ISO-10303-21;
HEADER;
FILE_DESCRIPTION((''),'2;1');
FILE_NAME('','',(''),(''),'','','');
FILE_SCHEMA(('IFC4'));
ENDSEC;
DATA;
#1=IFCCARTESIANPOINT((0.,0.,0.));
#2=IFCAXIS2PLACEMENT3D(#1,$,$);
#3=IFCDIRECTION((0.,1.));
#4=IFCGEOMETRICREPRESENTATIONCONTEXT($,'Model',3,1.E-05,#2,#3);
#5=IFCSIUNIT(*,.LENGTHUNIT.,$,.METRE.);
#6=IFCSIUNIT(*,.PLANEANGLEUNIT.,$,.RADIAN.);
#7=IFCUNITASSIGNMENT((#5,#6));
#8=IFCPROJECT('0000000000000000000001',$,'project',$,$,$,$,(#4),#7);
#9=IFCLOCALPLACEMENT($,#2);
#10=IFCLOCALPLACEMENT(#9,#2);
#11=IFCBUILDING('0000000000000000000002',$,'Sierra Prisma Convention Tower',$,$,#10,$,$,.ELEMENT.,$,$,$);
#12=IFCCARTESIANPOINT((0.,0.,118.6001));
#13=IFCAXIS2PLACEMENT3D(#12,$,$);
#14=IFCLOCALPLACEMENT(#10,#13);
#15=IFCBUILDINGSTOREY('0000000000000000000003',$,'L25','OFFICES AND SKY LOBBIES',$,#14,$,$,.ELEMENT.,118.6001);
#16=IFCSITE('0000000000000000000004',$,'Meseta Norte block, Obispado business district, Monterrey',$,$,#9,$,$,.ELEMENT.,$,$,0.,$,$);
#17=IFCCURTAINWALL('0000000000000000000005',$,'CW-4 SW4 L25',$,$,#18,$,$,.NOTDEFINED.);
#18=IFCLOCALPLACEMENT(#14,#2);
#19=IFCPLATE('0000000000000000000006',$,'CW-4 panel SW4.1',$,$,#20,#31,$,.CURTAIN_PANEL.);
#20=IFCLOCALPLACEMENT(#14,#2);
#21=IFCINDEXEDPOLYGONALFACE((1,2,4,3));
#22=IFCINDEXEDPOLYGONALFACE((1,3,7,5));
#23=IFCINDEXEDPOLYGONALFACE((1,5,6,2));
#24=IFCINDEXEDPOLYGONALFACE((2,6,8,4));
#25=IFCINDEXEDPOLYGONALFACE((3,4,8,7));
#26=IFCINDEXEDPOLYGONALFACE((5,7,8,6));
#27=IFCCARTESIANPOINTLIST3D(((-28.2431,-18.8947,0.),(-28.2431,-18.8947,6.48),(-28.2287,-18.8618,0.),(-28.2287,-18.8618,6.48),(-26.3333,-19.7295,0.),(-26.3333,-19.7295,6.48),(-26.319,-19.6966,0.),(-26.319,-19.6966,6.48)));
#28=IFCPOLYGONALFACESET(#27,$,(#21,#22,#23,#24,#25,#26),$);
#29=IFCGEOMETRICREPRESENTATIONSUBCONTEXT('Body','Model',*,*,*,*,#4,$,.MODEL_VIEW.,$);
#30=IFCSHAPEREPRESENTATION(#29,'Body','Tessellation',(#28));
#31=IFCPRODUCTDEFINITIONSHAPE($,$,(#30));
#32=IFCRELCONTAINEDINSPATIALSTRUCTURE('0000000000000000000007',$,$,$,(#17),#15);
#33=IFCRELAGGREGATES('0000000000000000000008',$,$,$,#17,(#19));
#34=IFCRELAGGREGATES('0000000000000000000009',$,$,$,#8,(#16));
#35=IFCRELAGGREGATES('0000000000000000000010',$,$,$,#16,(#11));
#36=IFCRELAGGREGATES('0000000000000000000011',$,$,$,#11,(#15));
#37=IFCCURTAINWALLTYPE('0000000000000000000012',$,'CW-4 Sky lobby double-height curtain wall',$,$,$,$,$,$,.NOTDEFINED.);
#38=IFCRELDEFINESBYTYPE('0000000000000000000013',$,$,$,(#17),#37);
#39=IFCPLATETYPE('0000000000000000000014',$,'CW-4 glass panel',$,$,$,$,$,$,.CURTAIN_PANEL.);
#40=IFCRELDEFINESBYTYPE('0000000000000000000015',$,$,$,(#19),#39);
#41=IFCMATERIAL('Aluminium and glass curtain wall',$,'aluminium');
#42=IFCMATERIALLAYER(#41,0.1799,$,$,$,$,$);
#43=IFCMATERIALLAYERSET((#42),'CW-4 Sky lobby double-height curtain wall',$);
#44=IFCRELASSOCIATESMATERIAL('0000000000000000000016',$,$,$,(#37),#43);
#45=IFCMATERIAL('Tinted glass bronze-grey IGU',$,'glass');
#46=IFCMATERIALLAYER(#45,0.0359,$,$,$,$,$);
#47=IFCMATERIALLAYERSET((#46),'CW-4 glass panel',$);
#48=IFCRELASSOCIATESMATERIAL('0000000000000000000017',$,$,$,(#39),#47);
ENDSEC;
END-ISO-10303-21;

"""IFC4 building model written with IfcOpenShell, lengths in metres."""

from ifc_helpers import new_model, si_unit, direction, frame, origin, origin_2d, place, context, subcontext, project, spatial, rectangle, extrude, material, layer, layer_set, type_object, element, aggregate, save


model = new_model("IFC4")

# Units and contexts
model_context = context("Model", 3, precision=1e-05, world=origin(), true_north=direction((0.0, 1.0)))
body_context = subcontext(model_context, "Body", "Model", "MODEL_VIEW")
ifc_project = project(units=[si_unit("LENGTHUNIT", "METRE"), si_unit("PLANEANGLEUNIT", "RADIAN")], contexts=[model_context])

# Site, building, storey
site_placement = place(None, origin())
site = spatial("IfcSite", under=ifc_project, at=site_placement, Name="Meseta Norte block, Obispado business district, Monterrey", CompositionType="ELEMENT", RefElevation=0.0)
building_placement = place(site_placement, origin())
building = spatial("IfcBuilding", under=site, at=building_placement, Name="Sierra Prisma Convention Tower", CompositionType="ELEMENT")
storey_placement = place(building_placement, frame((0.0, 0.0, 118.6001)))
storey = spatial("IfcBuildingStorey", under=building, at=storey_placement, Name="L25", Description="OFFICES AND SKY LOBBIES", CompositionType="ELEMENT", Elevation=118.6001)

# Shared definitions
ifc_material_1 = material(Name="Aluminium and glass curtain wall", Category="aluminium")
ifc_layer_1 = layer(ifc_material_1, 0.1799)
ifc_layer_set_1 = layer_set([ifc_layer_1], Name="CW-4 Sky lobby double-height curtain wall")
curtain_wall_type = type_object("IfcCurtainWallType", Name="CW-4 Sky lobby double-height curtain wall", PredefinedType="NOTDEFINED", material=ifc_layer_set_1)

# Curtain wall
curtain_wall_1_placement = place(storey_placement, origin())
curtain_wall_1 = element("IfcCurtainWall", 1, at=curtain_wall_1_placement, inside=storey, type_object=curtain_wall_type, Name="CW-4 SW4 L25", PredefinedType="NOTDEFINED")

# Plate
ifc_material_2 = material(Name="Tinted glass bronze-grey IGU", Category="glass")
ifc_layer_2 = layer(ifc_material_2, 0.0359)
ifc_layer_set_2 = layer_set([ifc_layer_2], Name="CW-4 glass panel")
plate_type = type_object("IfcPlateType", Name="CW-4 glass panel", PredefinedType="CURTAIN_PANEL", material=ifc_layer_set_2)
plate_1_placement = place(storey_placement, frame((-27.281, -19.2957, 0.0), z_axis=(0.0, 0.0, 1.0), x_axis=(0.916279, -0.40054, 0.0)))
plate_1 = element("IfcPlate", 2, at=plate_1_placement, type_object=plate_type, Name="CW-4 panel SW4.1", PredefinedType="CURTAIN_PANEL", context=body_context, shape_type="SweptSolid", body=[
    extrude(rectangle(XDim=2.0842, YDim=0.0359, at=origin_2d()), origin(), (0.0, 0.0, 1.0), 6.48),
])
aggregate(curtain_wall_1, [plate_1])

save(model, "model.ifc")
